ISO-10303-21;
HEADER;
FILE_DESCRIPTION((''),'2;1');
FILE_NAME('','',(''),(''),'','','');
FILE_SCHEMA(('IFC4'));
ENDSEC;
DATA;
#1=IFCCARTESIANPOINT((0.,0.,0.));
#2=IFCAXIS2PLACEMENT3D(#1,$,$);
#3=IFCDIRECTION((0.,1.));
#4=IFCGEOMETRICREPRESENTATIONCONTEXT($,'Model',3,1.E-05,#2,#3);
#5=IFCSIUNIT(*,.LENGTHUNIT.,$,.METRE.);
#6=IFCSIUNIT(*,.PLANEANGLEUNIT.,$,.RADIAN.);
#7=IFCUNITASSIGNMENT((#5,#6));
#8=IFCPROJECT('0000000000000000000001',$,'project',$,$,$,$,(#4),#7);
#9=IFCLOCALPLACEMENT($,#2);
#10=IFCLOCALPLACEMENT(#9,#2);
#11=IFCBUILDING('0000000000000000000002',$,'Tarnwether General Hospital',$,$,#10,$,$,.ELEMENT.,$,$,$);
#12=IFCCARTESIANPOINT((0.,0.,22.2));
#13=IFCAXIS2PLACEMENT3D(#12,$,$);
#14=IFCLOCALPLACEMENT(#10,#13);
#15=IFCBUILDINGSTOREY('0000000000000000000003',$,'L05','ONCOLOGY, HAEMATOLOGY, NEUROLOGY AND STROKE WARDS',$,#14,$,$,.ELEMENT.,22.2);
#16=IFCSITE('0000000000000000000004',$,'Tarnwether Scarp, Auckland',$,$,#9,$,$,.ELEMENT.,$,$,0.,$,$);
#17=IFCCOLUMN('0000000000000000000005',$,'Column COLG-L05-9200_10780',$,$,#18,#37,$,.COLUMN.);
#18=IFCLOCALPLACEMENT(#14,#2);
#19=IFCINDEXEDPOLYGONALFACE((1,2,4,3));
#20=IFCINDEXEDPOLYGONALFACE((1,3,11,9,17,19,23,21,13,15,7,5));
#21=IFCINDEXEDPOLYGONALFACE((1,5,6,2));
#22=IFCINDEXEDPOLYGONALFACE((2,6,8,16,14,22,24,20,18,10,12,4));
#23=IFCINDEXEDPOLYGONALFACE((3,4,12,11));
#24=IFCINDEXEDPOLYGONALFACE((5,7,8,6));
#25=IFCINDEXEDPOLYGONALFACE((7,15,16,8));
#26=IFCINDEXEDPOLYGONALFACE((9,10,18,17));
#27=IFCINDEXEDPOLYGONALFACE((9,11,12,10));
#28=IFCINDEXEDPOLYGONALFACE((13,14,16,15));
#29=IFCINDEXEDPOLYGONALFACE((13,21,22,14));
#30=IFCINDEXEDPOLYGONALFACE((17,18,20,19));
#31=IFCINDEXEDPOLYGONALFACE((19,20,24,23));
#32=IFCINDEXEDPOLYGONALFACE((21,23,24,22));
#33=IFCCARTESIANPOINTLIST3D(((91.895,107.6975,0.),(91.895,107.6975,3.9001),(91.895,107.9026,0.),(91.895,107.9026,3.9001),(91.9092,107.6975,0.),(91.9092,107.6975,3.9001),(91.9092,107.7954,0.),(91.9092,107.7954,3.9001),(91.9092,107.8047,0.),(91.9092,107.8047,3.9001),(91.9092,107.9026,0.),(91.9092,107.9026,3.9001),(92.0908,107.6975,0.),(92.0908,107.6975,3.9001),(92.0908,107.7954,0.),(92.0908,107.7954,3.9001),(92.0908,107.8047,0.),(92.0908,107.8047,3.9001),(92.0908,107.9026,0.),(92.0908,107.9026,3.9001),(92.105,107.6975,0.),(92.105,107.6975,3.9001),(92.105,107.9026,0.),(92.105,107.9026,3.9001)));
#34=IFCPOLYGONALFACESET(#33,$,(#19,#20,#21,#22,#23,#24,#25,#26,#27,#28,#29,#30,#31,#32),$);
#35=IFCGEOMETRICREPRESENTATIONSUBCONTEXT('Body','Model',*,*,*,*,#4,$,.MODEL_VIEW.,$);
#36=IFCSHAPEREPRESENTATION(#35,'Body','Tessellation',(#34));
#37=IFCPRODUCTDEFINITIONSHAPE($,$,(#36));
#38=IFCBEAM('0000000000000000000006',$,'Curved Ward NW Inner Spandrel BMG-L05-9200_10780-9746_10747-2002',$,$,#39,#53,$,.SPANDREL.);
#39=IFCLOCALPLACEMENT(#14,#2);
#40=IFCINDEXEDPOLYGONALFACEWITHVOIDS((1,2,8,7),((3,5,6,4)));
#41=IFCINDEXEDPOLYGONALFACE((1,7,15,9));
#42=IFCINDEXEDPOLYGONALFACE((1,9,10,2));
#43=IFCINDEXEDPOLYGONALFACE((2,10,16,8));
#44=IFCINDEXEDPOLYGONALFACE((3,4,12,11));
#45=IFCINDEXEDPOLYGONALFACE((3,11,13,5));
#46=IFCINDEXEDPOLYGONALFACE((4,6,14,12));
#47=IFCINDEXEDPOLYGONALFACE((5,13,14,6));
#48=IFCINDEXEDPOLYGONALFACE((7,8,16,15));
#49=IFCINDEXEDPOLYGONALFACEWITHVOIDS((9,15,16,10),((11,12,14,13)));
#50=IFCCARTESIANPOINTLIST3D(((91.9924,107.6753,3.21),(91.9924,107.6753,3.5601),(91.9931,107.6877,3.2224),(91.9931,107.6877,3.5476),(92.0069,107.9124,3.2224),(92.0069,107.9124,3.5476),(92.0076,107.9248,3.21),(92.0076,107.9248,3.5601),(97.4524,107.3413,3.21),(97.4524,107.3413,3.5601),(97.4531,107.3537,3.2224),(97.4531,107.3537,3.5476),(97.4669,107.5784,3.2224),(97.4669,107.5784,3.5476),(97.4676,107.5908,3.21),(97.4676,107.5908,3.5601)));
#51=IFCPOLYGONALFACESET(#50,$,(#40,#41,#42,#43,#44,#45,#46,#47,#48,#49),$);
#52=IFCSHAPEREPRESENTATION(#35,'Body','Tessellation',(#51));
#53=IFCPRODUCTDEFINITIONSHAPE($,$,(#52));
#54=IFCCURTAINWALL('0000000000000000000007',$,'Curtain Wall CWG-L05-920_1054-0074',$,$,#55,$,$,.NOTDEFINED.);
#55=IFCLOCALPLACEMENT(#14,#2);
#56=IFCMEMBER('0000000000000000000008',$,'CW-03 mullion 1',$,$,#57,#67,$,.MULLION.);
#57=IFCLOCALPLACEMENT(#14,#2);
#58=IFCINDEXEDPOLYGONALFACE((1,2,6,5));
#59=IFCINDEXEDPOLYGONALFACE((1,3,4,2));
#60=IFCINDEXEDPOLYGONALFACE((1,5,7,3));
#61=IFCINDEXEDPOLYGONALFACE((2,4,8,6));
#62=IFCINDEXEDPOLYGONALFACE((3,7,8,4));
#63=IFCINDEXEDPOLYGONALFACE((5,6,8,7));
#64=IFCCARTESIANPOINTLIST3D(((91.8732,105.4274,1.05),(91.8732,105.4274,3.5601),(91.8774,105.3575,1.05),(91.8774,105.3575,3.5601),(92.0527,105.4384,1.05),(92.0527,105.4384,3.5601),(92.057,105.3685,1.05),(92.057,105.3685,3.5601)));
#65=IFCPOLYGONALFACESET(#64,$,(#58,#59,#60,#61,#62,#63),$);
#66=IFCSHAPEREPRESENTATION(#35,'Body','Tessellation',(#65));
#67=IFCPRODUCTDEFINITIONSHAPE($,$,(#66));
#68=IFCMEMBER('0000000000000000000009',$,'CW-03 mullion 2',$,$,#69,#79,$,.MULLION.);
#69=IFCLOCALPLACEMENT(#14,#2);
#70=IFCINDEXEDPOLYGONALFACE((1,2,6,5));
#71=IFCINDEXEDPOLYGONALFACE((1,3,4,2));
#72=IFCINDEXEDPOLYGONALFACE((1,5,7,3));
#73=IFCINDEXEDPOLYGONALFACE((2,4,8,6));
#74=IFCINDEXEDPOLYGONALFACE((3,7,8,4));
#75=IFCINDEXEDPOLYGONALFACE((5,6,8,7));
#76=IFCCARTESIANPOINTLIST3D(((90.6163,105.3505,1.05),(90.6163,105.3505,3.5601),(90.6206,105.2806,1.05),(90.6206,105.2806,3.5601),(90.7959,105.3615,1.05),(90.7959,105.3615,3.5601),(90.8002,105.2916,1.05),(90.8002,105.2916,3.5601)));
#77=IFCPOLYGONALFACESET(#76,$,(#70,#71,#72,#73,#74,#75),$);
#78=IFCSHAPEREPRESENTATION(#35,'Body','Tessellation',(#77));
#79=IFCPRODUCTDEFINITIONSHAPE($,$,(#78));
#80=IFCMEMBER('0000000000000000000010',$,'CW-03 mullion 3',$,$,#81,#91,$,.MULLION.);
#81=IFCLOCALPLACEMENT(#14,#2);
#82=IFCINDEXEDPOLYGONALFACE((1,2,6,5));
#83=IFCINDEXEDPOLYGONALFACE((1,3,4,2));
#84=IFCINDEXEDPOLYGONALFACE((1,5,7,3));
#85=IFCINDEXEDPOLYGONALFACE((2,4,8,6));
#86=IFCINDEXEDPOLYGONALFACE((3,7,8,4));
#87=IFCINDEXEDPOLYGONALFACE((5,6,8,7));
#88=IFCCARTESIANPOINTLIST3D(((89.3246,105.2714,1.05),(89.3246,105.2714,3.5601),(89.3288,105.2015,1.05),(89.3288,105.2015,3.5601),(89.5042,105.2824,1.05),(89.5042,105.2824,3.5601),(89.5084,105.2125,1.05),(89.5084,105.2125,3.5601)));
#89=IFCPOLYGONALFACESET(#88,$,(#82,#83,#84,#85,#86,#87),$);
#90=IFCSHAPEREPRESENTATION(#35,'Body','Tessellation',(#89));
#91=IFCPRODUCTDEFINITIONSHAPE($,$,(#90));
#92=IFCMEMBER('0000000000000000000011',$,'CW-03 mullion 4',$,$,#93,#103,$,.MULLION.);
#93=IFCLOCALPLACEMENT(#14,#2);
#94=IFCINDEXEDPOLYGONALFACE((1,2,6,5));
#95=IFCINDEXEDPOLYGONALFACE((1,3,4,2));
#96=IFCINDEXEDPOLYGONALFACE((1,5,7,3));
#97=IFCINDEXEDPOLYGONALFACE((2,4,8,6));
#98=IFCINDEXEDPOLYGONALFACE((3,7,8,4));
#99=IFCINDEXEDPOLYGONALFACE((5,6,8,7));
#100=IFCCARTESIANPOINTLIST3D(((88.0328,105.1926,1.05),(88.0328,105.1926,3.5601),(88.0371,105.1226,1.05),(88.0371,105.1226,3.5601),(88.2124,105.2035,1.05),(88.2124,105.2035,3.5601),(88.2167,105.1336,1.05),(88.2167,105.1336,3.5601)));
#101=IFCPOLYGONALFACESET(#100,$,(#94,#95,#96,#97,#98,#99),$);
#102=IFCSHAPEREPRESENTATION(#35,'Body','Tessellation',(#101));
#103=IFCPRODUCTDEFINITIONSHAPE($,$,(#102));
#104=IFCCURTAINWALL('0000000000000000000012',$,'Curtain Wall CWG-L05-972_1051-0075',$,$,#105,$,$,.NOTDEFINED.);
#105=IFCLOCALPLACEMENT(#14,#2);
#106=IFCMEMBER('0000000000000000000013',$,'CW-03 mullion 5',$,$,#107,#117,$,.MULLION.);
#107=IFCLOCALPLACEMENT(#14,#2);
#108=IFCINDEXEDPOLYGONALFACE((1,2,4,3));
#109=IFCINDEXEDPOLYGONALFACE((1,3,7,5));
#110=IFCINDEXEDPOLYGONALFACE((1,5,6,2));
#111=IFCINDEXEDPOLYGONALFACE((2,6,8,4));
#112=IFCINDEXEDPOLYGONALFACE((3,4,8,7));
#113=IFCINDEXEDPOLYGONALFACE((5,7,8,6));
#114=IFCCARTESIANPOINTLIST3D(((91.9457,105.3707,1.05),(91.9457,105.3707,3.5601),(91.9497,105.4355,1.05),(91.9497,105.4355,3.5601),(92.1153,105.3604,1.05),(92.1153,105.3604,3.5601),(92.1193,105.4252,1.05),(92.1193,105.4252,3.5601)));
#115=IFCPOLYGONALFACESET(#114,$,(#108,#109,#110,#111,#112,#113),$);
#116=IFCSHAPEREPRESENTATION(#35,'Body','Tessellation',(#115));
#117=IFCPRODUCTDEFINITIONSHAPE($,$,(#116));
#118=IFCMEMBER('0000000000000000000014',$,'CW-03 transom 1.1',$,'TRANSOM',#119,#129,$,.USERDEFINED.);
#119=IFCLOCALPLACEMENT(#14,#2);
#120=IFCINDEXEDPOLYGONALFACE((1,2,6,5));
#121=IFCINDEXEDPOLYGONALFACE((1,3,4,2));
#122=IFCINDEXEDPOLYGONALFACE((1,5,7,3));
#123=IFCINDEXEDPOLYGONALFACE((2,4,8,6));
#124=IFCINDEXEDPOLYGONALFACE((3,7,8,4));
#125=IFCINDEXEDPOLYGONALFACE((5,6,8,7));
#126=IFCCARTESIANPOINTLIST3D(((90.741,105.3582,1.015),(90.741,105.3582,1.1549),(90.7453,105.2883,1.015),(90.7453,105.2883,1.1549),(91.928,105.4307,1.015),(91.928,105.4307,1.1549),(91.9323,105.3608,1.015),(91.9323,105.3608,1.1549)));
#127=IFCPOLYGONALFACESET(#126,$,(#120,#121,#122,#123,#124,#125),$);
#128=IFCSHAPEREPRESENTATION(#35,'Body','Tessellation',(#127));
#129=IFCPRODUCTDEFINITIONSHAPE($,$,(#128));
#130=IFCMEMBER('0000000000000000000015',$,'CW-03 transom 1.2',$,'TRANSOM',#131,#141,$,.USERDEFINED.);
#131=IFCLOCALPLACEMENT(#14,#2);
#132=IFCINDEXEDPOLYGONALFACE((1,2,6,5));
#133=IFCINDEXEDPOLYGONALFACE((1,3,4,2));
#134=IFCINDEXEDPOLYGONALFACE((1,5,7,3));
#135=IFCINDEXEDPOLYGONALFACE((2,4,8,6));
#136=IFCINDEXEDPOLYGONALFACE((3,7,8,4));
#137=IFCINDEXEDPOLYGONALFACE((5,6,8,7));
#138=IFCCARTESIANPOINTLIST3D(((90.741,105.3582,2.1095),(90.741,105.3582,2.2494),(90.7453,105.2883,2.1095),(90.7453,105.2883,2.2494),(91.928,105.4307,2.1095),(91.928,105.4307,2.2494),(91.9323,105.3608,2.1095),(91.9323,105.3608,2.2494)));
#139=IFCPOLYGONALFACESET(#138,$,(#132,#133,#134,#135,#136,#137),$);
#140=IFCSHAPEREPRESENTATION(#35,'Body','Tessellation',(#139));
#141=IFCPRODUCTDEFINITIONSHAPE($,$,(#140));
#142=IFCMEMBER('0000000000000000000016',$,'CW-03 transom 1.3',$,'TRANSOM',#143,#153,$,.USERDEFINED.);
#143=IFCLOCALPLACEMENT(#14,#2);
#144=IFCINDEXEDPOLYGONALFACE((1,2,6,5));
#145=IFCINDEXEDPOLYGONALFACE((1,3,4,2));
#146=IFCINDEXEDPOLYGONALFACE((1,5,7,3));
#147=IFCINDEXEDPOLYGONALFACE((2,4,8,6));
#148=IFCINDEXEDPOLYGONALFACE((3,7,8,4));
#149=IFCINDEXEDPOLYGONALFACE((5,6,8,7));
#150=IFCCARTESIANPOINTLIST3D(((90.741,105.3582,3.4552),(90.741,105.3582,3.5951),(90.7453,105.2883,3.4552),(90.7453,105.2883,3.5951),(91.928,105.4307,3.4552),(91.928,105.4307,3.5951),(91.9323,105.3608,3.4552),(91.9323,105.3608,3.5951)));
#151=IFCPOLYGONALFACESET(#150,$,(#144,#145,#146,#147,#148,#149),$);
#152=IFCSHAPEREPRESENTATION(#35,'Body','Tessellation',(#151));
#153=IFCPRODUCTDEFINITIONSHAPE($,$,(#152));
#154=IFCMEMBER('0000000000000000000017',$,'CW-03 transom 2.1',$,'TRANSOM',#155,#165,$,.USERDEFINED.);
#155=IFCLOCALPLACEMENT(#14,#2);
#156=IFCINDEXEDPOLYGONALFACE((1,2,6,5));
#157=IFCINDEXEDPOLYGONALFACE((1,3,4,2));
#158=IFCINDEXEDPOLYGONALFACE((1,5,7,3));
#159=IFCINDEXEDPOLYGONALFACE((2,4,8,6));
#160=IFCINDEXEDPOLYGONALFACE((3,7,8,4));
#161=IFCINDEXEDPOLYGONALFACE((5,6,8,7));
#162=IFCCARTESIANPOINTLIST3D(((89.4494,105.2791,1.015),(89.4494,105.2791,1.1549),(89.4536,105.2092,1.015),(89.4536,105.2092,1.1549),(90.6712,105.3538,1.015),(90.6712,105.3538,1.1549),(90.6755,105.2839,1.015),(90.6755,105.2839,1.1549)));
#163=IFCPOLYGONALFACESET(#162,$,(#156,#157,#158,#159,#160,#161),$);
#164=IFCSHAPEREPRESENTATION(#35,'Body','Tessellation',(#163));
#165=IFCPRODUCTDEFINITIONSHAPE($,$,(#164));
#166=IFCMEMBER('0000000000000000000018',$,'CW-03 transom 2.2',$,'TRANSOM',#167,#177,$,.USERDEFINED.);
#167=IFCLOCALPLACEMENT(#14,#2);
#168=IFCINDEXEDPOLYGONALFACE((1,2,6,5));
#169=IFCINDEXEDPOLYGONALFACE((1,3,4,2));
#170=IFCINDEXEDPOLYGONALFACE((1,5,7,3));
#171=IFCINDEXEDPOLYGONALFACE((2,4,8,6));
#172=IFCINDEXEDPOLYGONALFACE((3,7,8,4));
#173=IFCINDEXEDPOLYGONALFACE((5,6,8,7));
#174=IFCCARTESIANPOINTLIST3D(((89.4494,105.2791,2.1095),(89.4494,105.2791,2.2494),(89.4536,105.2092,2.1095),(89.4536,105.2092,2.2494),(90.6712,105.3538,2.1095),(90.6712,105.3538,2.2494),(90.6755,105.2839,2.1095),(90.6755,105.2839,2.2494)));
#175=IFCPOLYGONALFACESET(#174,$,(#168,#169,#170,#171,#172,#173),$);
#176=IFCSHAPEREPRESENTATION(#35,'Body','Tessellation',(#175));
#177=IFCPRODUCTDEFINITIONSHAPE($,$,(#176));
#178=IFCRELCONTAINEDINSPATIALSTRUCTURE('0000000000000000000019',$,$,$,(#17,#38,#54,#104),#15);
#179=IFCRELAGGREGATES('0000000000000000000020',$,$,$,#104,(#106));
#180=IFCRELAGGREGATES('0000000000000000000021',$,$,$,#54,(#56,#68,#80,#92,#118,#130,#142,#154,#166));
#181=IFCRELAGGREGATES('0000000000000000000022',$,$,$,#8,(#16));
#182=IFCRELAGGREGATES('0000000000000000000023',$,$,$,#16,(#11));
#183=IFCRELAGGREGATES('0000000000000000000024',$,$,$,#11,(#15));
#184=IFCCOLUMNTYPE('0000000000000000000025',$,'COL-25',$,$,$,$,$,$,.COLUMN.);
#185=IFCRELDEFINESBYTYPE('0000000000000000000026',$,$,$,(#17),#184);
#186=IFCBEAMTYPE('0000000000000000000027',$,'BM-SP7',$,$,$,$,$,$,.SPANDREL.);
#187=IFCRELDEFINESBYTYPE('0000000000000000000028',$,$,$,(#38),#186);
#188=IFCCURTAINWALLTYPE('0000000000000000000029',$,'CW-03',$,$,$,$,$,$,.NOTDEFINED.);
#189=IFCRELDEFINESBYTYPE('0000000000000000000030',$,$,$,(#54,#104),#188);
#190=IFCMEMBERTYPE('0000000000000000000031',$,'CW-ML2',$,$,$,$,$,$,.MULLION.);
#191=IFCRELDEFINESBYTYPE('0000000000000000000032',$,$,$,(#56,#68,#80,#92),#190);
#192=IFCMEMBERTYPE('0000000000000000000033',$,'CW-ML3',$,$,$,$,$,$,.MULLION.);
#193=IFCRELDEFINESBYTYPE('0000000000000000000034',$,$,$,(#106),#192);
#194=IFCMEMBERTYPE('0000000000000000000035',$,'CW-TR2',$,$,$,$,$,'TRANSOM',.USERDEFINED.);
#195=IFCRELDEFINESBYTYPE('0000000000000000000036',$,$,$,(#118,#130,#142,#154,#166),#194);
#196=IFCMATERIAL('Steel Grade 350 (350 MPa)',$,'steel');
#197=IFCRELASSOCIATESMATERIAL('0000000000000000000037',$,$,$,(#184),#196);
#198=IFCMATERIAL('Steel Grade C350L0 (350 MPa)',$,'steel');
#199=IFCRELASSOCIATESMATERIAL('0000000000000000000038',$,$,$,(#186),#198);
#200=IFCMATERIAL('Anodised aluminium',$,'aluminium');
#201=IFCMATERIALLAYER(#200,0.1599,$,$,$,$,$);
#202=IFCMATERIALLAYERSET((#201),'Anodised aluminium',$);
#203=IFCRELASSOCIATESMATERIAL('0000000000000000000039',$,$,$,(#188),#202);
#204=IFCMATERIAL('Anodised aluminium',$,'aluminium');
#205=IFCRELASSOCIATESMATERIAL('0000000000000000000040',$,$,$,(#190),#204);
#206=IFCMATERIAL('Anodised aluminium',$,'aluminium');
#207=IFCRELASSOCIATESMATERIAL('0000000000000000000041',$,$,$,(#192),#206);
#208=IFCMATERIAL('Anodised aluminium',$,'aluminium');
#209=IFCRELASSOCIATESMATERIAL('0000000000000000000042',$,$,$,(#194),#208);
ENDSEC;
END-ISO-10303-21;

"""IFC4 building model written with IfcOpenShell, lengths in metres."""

from ifc_helpers import new_model, si_unit, direction, frame, origin, origin_2d, place, context, subcontext, project, spatial, rectangle, hollow_rectangle, i_section, extrude, material, layer, layer_set, material_profile, profile_set, type_object, element, aggregate, save


model = new_model("IFC4")

# Units and contexts
model_context = context("Model", 3, precision=1e-05, world=origin(), true_north=direction((0.0, 1.0)))
body_context = subcontext(model_context, "Body", "Model", "MODEL_VIEW")
ifc_project = project(units=[si_unit("LENGTHUNIT", "METRE"), si_unit("PLANEANGLEUNIT", "RADIAN")], contexts=[model_context])

# Site, building, storey
site_placement = place(None, origin())
site = spatial("IfcSite", under=ifc_project, at=site_placement, Name="Tarnwether Scarp, Auckland", CompositionType="ELEMENT", RefElevation=0.0)
building_placement = place(site_placement, origin())
building = spatial("IfcBuilding", under=site, at=building_placement, Name="Tarnwether General Hospital", CompositionType="ELEMENT")
storey_placement = place(building_placement, frame((0.0, 0.0, 22.2)))
storey = spatial("IfcBuildingStorey", under=building, at=storey_placement, Name="L05", Description="ONCOLOGY, HAEMATOLOGY, NEUROLOGY AND STROKE WARDS", CompositionType="ELEMENT", Elevation=22.2)

# Column
ifc_material_1 = material(Name="Steel Grade 350 (350 MPa)", Category="steel")
ifc_material_profile_1 = material_profile(ifc_material_1, i_section(OverallWidth=0.2051, OverallDepth=0.21, WebThickness=0.0093, FlangeThickness=0.0142, at=origin_2d()), Name="200UC59.5")
ifc_profile_set_1 = profile_set([ifc_material_profile_1], Name="Steel Grade 350 (350 MPa)")
column_type = type_object("IfcColumnType", Name="COL-25", PredefinedType="COLUMN", material=ifc_profile_set_1)
column_placement = place(storey_placement, frame((92.0, 107.8, 0.0), z_axis=(0.0, 0.0, 1.0), x_axis=(0.0, 1.0, 0.0)))
element("IfcColumn", 1, at=column_placement, inside=storey, type_object=column_type, Name="Column COLG-L05-9200_10780", PredefinedType="COLUMN", context=body_context, shape_type="SweptSolid", body=[
    extrude(i_section(OverallWidth=0.2051, OverallDepth=0.21, WebThickness=0.0093, FlangeThickness=0.0142, at=origin_2d()), origin(), (0.0, 0.0, 1.0), 3.9001),
])

# Beam
ifc_material_2 = material(Name="Steel Grade C350L0 (350 MPa)", Category="steel")
ifc_material_profile_2 = material_profile(ifc_material_2, hollow_rectangle(XDim=0.25, YDim=0.3501, WallThickness=0.0125, at=origin_2d()), Name="RHS350x250x12.5")
ifc_profile_set_2 = profile_set([ifc_material_profile_2], Name="Steel Grade C350L0 (350 MPa)")
beam_type = type_object("IfcBeamType", Name="BM-SP7", PredefinedType="SPANDREL", material=ifc_profile_set_2)
beam_placement = place(storey_placement, frame((92.0, 107.8, 3.385), z_axis=(0.998134, -0.061056, 0.0), x_axis=(0.061056, 0.998134, 0.0)))
element("IfcBeam", 2, at=beam_placement, inside=storey, type_object=beam_type, Name="Curved Ward NW Inner Spandrel BMG-L05-9200_10780-9746_10747-2002", PredefinedType="SPANDREL", context=body_context, shape_type="SweptSolid", body=[
    extrude(hollow_rectangle(XDim=0.25, YDim=0.3501, WallThickness=0.0125, at=origin_2d()), origin(), (0.0, 0.0, 1.0), 5.4702),
])

# Curtain wall, members
ifc_material_3 = material(Name="Anodised aluminium", Category="aluminium")
ifc_layer_1 = layer(ifc_material_3, 0.1599)
ifc_layer_set_1 = layer_set([ifc_layer_1], Name="Anodised aluminium")
curtain_wall_type = type_object("IfcCurtainWallType", Name="CW-03", PredefinedType="NOTDEFINED", material=ifc_layer_set_1)
curtain_wall_1_placement = place(storey_placement, origin())
curtain_wall_1 = element("IfcCurtainWall", 3, at=curtain_wall_1_placement, inside=storey, type_object=curtain_wall_type, Name="Curtain Wall CWG-L05-920_1054-0074", PredefinedType="NOTDEFINED")
ifc_material_4 = material(Name="Anodised aluminium", Category="aluminium")
ifc_material_profile_3 = material_profile(ifc_material_4, rectangle(XDim=0.0701, YDim=0.1799, at=origin_2d()), Name="ALU-MUL-70x180")
ifc_profile_set_3 = profile_set([ifc_material_profile_3], Name="Anodised aluminium")
member_type_1 = type_object("IfcMemberType", Name="CW-ML2", PredefinedType="MULLION", material=ifc_profile_set_3)
member_1_placement = place(storey_placement, frame((91.9651, 105.3979, 1.05), z_axis=(0.0, 0.0, 1.0), x_axis=(0.061043, -0.998135, 0.0)))
member_1 = element("IfcMember", 4, at=member_1_placement, type_object=member_type_1, Name="CW-03 mullion 1", PredefinedType="MULLION", context=body_context, shape_type="SweptSolid", body=[
    extrude(rectangle(XDim=0.0701, YDim=0.1799, at=origin_2d()), origin(), (0.0, 0.0, 1.0), 2.51),
])
member_2_placement = place(storey_placement, frame((90.7083, 105.321, 1.05), z_axis=(0.0, 0.0, 1.0), x_axis=(0.061043, -0.998135, 0.0)))
member_2 = element("IfcMember", 5, at=member_2_placement, type_object=member_type_1, Name="CW-03 mullion 2", PredefinedType="MULLION", context=body_context, shape_type="SweptSolid", body=[
    extrude(rectangle(XDim=0.0701, YDim=0.1799, at=origin_2d()), origin(), (0.0, 0.0, 1.0), 2.51),
])
member_3_placement = place(storey_placement, frame((89.4165, 105.2419, 1.05), z_axis=(0.0, 0.0, 1.0), x_axis=(0.061043, -0.998135, 0.0)))
member_3 = element("IfcMember", 6, at=member_3_placement, type_object=member_type_1, Name="CW-03 mullion 3", PredefinedType="MULLION", context=body_context, shape_type="SweptSolid", body=[
    extrude(rectangle(XDim=0.0701, YDim=0.1799, at=origin_2d()), origin(), (0.0, 0.0, 1.0), 2.51),
])
member_4_placement = place(storey_placement, frame((88.1248, 105.1631, 1.05), z_axis=(0.0, 0.0, 1.0), x_axis=(0.061043, -0.998135, 0.0)))
member_4 = element("IfcMember", 7, at=member_4_placement, type_object=member_type_1, Name="CW-03 mullion 4", PredefinedType="MULLION", context=body_context, shape_type="SweptSolid", body=[
    extrude(rectangle(XDim=0.0701, YDim=0.1799, at=origin_2d()), origin(), (0.0, 0.0, 1.0), 2.51),
])

# Curtain wall, member
curtain_wall_2_placement = place(storey_placement, origin())
curtain_wall_2 = element("IfcCurtainWall", 8, at=curtain_wall_2_placement, inside=storey, type_object=curtain_wall_type, Name="Curtain Wall CWG-L05-972_1051-0075", PredefinedType="NOTDEFINED")
ifc_material_5 = material(Name="Anodised aluminium", Category="aluminium")
ifc_material_profile_4 = material_profile(ifc_material_5, rectangle(XDim=0.0649, YDim=0.1699, at=origin_2d()), Name="ALU-MUL-65x170")
ifc_profile_set_4 = profile_set([ifc_material_profile_4], Name="Anodised aluminium")
member_type_2 = type_object("IfcMemberType", Name="CW-ML3", PredefinedType="MULLION", material=ifc_profile_set_4)
member_5_placement = place(storey_placement, frame((92.0325, 105.3979, 1.05), z_axis=(0.0, 0.0, 1.0), x_axis=(-0.061043, -0.998135, 0.0)))
member_5 = element("IfcMember", 9, at=member_5_placement, type_object=member_type_2, Name="CW-03 mullion 5", PredefinedType="MULLION", context=body_context, shape_type="SweptSolid", body=[
    extrude(rectangle(XDim=0.0649, YDim=0.1699, at=origin_2d()), origin(), (0.0, 0.0, 1.0), 2.51),
])

# Members
ifc_material_6 = material(Name="Anodised aluminium", Category="aluminium")
ifc_material_profile_5 = material_profile(ifc_material_6, rectangle(XDim=0.0701, YDim=0.1399, at=origin_2d()), Name="ALU-TRN-70x140")
ifc_profile_set_5 = profile_set([ifc_material_profile_5], Name="Anodised aluminium")
member_type_3 = type_object("IfcMemberType", Name="CW-TR2", ElementType="TRANSOM", PredefinedType="USERDEFINED", material=ifc_profile_set_5)
member_6_placement = place(storey_placement, frame((91.9302, 105.3958, 1.085), z_axis=(-0.998139, -0.060972, 0.0), x_axis=(0.060972, -0.998139, 0.0)))
member_6 = element("IfcMember", 10, at=member_6_placement, type_object=member_type_3, Name="CW-03 transom 1.1", ObjectType="TRANSOM", PredefinedType="USERDEFINED", context=body_context, shape_type="SweptSolid", body=[
    extrude(rectangle(XDim=0.0701, YDim=0.1399, at=origin_2d()), origin(), (0.0, 0.0, 1.0), 1.1892),
])
member_7_placement = place(storey_placement, frame((91.9302, 105.3958, 2.1794), z_axis=(-0.998139, -0.060972, 0.0), x_axis=(0.060972, -0.998139, 0.0)))
member_7 = element("IfcMember", 11, at=member_7_placement, type_object=member_type_3, Name="CW-03 transom 1.2", ObjectType="TRANSOM", PredefinedType="USERDEFINED", context=body_context, shape_type="SweptSolid", body=[
    extrude(rectangle(XDim=0.0701, YDim=0.1399, at=origin_2d()), origin(), (0.0, 0.0, 1.0), 1.1892),
])
member_8_placement = place(storey_placement, frame((91.9302, 105.3958, 3.5251), z_axis=(-0.998139, -0.060972, 0.0), x_axis=(0.060972, -0.998139, 0.0)))
member_8 = element("IfcMember", 12, at=member_8_placement, type_object=member_type_3, Name="CW-03 transom 1.3", ObjectType="TRANSOM", PredefinedType="USERDEFINED", context=body_context, shape_type="SweptSolid", body=[
    extrude(rectangle(XDim=0.0701, YDim=0.1399, at=origin_2d()), origin(), (0.0, 0.0, 1.0), 1.1892),
])
member_9_placement = place(storey_placement, frame((90.6733, 105.3188, 1.085), z_axis=(-0.998136, -0.061025, 0.0), x_axis=(0.061025, -0.998136, 0.0)))
member_9 = element("IfcMember", 13, at=member_9_placement, type_object=member_type_3, Name="CW-03 transom 2.1", ObjectType="TRANSOM", PredefinedType="USERDEFINED", context=body_context, shape_type="SweptSolid", body=[
    extrude(rectangle(XDim=0.0701, YDim=0.1399, at=origin_2d()), origin(), (0.0, 0.0, 1.0), 1.2241),
])
member_10_placement = place(storey_placement, frame((90.6733, 105.3188, 2.1794), z_axis=(-0.998136, -0.061025, 0.0), x_axis=(0.061025, -0.998136, 0.0)))
member_10 = element("IfcMember", 14, at=member_10_placement, type_object=member_type_3, Name="CW-03 transom 2.2", ObjectType="TRANSOM", PredefinedType="USERDEFINED", context=body_context, shape_type="SweptSolid", body=[
    extrude(rectangle(XDim=0.0701, YDim=0.1399, at=origin_2d()), origin(), (0.0, 0.0, 1.0), 1.2241),
])

aggregate(curtain_wall_2, [member_5])
aggregate(curtain_wall_1, [member_1, member_2, member_3, member_4, member_6, member_7, member_8, member_9, member_10])

save(model, "model.ifc")
